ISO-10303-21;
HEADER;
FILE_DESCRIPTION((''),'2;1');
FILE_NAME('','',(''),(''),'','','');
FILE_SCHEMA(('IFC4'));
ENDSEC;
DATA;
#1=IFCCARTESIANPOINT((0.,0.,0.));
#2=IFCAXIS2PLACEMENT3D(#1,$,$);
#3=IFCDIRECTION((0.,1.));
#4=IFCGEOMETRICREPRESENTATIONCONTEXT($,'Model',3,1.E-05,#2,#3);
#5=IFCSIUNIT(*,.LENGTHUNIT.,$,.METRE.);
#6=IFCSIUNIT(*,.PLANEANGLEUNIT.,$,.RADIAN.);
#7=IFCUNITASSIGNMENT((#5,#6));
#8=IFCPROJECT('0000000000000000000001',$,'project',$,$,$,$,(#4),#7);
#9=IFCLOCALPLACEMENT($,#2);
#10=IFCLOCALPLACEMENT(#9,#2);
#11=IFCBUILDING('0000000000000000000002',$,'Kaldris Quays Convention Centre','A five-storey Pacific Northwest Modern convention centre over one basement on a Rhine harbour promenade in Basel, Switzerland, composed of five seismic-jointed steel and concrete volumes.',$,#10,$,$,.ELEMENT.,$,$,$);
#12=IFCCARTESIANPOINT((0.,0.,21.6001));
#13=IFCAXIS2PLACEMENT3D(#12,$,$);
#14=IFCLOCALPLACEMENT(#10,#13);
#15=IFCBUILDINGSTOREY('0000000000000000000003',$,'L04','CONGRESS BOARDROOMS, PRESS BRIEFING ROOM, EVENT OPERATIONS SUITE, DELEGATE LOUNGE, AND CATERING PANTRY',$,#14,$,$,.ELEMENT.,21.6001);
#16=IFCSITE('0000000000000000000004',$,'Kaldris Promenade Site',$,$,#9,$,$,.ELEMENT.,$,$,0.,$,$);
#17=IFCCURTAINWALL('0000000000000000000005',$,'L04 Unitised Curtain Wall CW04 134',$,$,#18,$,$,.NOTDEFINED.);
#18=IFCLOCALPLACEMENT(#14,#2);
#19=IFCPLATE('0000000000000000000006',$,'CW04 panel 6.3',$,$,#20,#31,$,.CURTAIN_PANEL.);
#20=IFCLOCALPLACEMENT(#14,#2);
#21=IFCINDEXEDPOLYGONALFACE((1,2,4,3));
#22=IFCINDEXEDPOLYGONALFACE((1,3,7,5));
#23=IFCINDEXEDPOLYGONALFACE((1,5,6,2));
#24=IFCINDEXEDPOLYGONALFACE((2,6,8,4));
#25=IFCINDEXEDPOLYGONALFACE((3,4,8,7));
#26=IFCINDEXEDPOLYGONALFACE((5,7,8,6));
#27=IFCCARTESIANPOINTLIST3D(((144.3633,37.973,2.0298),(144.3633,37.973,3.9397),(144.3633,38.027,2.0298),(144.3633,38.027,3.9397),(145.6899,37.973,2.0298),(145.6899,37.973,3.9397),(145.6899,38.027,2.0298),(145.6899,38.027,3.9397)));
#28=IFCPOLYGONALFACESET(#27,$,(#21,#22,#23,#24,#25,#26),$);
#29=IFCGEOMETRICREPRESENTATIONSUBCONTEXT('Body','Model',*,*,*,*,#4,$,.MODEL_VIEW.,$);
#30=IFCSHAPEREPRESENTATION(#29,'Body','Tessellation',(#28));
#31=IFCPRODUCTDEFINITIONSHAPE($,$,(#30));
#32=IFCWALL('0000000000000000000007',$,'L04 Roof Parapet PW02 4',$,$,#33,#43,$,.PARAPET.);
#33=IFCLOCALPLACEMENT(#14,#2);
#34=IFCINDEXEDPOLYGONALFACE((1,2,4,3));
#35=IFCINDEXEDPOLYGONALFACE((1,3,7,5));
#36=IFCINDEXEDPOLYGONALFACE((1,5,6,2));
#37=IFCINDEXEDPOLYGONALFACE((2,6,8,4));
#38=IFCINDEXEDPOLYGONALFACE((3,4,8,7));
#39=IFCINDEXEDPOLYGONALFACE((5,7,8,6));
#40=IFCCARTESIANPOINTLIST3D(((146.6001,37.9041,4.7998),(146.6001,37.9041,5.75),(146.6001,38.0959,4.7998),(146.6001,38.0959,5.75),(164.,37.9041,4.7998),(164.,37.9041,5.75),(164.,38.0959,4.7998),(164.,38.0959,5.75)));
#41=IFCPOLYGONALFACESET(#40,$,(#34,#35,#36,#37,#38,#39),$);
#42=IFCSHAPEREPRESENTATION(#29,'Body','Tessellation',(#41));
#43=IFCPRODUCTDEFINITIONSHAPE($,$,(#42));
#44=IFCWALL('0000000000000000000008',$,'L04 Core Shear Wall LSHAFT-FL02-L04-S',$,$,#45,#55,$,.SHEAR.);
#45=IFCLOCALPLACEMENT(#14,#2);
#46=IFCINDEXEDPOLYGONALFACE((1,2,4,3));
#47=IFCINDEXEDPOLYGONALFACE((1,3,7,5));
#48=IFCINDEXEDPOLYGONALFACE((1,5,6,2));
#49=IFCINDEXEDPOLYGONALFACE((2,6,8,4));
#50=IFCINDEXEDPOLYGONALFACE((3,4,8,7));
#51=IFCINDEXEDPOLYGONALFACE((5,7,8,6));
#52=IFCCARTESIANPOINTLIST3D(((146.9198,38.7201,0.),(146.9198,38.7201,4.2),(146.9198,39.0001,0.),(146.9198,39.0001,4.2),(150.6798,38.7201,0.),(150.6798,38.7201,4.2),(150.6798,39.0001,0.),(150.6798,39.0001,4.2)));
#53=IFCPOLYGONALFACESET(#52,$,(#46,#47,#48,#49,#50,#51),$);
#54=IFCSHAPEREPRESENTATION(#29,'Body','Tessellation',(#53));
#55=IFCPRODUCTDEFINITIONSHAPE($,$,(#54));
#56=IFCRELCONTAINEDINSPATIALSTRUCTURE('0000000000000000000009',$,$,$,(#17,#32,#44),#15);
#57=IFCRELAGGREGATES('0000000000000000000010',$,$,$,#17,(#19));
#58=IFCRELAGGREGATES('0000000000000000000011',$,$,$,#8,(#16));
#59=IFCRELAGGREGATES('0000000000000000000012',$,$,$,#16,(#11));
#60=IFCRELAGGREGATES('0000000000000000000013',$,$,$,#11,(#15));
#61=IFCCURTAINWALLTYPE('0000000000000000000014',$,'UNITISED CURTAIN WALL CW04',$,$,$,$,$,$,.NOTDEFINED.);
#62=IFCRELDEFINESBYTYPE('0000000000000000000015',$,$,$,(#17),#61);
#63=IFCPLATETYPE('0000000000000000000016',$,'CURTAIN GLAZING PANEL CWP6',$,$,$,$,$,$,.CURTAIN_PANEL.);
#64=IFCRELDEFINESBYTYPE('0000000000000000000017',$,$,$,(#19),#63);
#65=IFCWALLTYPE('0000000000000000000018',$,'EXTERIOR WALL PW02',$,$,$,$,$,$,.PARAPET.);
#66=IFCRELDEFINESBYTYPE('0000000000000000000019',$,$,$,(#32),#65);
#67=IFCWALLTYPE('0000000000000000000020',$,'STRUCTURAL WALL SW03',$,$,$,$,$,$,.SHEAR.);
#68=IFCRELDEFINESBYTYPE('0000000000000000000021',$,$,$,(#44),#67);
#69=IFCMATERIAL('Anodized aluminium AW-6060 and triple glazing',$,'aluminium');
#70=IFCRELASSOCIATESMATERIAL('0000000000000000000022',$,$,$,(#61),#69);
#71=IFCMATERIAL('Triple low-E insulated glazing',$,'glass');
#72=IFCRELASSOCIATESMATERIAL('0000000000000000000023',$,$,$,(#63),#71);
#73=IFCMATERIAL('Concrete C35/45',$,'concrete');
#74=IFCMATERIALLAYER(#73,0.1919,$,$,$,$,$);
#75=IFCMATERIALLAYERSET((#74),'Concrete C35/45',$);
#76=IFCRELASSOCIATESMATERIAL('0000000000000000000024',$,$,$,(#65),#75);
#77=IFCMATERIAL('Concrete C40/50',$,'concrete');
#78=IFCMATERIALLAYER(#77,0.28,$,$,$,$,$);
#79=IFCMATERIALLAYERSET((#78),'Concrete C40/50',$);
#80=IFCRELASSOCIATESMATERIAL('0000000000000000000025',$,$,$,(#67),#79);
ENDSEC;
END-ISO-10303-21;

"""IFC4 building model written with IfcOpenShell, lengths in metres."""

from ifc_helpers import new_model, si_unit, direction, frame, frame_2d, origin, origin_2d, place, context, subcontext, project, spatial, rectangle, extrude, material, layer, layer_set, type_object, element, aggregate, save


model = new_model("IFC4")

# Units and contexts
model_context = context("Model", 3, precision=1e-05, world=origin(), true_north=direction((0.0, 1.0)))
body_context = subcontext(model_context, "Body", "Model", "MODEL_VIEW")
ifc_project = project(units=[si_unit("LENGTHUNIT", "METRE"), si_unit("PLANEANGLEUNIT", "RADIAN")], contexts=[model_context])

# Site, building, storey
site_placement = place(None, origin())
site = spatial("IfcSite", under=ifc_project, at=site_placement, Name="Kaldris Promenade Site", CompositionType="ELEMENT", RefElevation=0.0)
building_placement = place(site_placement, origin())
building = spatial("IfcBuilding", under=site, at=building_placement, Name="Kaldris Quays Convention Centre", Description="A five-storey Pacific Northwest Modern convention centre over one basement on a Rhine harbour promenade in Basel, Switzerland, composed of five seismic-jointed steel and concrete volumes.", CompositionType="ELEMENT")
storey_placement = place(building_placement, frame((0.0, 0.0, 21.6001)))
storey = spatial("IfcBuildingStorey", under=building, at=storey_placement, Name="L04", Description="CONGRESS BOARDROOMS, PRESS BRIEFING ROOM, EVENT OPERATIONS SUITE, DELEGATE LOUNGE, AND CATERING PANTRY", CompositionType="ELEMENT", Elevation=21.6001)

# Curtain wall
ifc_material_1 = material(Name="Anodized aluminium AW-6060 and triple glazing", Category="aluminium")
curtain_wall_type_1 = type_object("IfcCurtainWallType", Name="UNITISED CURTAIN WALL CW04", PredefinedType="NOTDEFINED", material=ifc_material_1)
curtain_wall_1_placement = place(storey_placement, origin())
curtain_wall_1 = element("IfcCurtainWall", 1, at=curtain_wall_1_placement, inside=storey, type_object=curtain_wall_type_1, Name="L04 Unitised Curtain Wall CW04 134", PredefinedType="NOTDEFINED")

# Plate
ifc_material_2 = material(Name="Triple low-E insulated glazing", Category="glass")
plate_type = type_object("IfcPlateType", Name="CURTAIN GLAZING PANEL CWP6", PredefinedType="CURTAIN_PANEL", material=ifc_material_2)
plate_1_placement = place(storey_placement, frame((145.0266, 38.0, 2.0298), z_axis=(0.0, 0.0, 1.0), x_axis=(1.0, 0.0, 0.0)))
plate_1 = element("IfcPlate", 2, at=plate_1_placement, type_object=plate_type, Name="CW04 panel 6.3", PredefinedType="CURTAIN_PANEL", context=body_context, shape_type="SweptSolid", body=[
    extrude(rectangle(XDim=1.3267, YDim=0.054, at=origin_2d()), origin(), (0.0, 0.0, 1.0), 1.9099),
])
aggregate(curtain_wall_1, [plate_1])

# Walls
ifc_material_3 = material(Name="Concrete C35/45", Category="concrete")
ifc_layer_1 = layer(ifc_material_3, 0.1919)
ifc_layer_set_1 = layer_set([ifc_layer_1], Name="Concrete C35/45")
wall_type_1 = type_object("IfcWallType", Name="EXTERIOR WALL PW02", PredefinedType="PARAPET", material=ifc_layer_set_1)
wall_1_placement = place(storey_placement, frame((146.6001, 38.0, 4.7998), z_axis=(0.0, 0.0, 1.0), x_axis=(1.0, 0.0, 0.0)))
element("IfcWall", 3, at=wall_1_placement, inside=storey, type_object=wall_type_1, Name="L04 Roof Parapet PW02 4", PredefinedType="PARAPET", context=body_context, shape_type="SweptSolid", body=[
    extrude(rectangle(XDim=17.3999, YDim=0.1919, at=frame_2d((8.7, 0.0))), origin(), (0.0, 0.0, 1.0), 0.9502),
])
ifc_material_4 = material(Name="Concrete C40/50", Category="concrete")
ifc_layer_2 = layer(ifc_material_4, 0.28)
ifc_layer_set_2 = layer_set([ifc_layer_2], Name="Concrete C40/50")
wall_type_2 = type_object("IfcWallType", Name="STRUCTURAL WALL SW03", PredefinedType="SHEAR", material=ifc_layer_set_2)
wall_2_placement = place(storey_placement, frame((146.9199, 38.8601, 0.0), z_axis=(0.0, 0.0, 1.0), x_axis=(1.0, 0.0, 0.0)))
element("IfcWall", 4, at=wall_2_placement, inside=storey, type_object=wall_type_2, Name="L04 Core Shear Wall LSHAFT-FL02-L04-S", PredefinedType="SHEAR", context=body_context, shape_type="SweptSolid", body=[
    extrude(rectangle(XDim=3.76, YDim=0.28, at=frame_2d((1.8799, 0.0))), origin(), (0.0, 0.0, 1.0), 4.2),
])

save(model, "model.ifc")
